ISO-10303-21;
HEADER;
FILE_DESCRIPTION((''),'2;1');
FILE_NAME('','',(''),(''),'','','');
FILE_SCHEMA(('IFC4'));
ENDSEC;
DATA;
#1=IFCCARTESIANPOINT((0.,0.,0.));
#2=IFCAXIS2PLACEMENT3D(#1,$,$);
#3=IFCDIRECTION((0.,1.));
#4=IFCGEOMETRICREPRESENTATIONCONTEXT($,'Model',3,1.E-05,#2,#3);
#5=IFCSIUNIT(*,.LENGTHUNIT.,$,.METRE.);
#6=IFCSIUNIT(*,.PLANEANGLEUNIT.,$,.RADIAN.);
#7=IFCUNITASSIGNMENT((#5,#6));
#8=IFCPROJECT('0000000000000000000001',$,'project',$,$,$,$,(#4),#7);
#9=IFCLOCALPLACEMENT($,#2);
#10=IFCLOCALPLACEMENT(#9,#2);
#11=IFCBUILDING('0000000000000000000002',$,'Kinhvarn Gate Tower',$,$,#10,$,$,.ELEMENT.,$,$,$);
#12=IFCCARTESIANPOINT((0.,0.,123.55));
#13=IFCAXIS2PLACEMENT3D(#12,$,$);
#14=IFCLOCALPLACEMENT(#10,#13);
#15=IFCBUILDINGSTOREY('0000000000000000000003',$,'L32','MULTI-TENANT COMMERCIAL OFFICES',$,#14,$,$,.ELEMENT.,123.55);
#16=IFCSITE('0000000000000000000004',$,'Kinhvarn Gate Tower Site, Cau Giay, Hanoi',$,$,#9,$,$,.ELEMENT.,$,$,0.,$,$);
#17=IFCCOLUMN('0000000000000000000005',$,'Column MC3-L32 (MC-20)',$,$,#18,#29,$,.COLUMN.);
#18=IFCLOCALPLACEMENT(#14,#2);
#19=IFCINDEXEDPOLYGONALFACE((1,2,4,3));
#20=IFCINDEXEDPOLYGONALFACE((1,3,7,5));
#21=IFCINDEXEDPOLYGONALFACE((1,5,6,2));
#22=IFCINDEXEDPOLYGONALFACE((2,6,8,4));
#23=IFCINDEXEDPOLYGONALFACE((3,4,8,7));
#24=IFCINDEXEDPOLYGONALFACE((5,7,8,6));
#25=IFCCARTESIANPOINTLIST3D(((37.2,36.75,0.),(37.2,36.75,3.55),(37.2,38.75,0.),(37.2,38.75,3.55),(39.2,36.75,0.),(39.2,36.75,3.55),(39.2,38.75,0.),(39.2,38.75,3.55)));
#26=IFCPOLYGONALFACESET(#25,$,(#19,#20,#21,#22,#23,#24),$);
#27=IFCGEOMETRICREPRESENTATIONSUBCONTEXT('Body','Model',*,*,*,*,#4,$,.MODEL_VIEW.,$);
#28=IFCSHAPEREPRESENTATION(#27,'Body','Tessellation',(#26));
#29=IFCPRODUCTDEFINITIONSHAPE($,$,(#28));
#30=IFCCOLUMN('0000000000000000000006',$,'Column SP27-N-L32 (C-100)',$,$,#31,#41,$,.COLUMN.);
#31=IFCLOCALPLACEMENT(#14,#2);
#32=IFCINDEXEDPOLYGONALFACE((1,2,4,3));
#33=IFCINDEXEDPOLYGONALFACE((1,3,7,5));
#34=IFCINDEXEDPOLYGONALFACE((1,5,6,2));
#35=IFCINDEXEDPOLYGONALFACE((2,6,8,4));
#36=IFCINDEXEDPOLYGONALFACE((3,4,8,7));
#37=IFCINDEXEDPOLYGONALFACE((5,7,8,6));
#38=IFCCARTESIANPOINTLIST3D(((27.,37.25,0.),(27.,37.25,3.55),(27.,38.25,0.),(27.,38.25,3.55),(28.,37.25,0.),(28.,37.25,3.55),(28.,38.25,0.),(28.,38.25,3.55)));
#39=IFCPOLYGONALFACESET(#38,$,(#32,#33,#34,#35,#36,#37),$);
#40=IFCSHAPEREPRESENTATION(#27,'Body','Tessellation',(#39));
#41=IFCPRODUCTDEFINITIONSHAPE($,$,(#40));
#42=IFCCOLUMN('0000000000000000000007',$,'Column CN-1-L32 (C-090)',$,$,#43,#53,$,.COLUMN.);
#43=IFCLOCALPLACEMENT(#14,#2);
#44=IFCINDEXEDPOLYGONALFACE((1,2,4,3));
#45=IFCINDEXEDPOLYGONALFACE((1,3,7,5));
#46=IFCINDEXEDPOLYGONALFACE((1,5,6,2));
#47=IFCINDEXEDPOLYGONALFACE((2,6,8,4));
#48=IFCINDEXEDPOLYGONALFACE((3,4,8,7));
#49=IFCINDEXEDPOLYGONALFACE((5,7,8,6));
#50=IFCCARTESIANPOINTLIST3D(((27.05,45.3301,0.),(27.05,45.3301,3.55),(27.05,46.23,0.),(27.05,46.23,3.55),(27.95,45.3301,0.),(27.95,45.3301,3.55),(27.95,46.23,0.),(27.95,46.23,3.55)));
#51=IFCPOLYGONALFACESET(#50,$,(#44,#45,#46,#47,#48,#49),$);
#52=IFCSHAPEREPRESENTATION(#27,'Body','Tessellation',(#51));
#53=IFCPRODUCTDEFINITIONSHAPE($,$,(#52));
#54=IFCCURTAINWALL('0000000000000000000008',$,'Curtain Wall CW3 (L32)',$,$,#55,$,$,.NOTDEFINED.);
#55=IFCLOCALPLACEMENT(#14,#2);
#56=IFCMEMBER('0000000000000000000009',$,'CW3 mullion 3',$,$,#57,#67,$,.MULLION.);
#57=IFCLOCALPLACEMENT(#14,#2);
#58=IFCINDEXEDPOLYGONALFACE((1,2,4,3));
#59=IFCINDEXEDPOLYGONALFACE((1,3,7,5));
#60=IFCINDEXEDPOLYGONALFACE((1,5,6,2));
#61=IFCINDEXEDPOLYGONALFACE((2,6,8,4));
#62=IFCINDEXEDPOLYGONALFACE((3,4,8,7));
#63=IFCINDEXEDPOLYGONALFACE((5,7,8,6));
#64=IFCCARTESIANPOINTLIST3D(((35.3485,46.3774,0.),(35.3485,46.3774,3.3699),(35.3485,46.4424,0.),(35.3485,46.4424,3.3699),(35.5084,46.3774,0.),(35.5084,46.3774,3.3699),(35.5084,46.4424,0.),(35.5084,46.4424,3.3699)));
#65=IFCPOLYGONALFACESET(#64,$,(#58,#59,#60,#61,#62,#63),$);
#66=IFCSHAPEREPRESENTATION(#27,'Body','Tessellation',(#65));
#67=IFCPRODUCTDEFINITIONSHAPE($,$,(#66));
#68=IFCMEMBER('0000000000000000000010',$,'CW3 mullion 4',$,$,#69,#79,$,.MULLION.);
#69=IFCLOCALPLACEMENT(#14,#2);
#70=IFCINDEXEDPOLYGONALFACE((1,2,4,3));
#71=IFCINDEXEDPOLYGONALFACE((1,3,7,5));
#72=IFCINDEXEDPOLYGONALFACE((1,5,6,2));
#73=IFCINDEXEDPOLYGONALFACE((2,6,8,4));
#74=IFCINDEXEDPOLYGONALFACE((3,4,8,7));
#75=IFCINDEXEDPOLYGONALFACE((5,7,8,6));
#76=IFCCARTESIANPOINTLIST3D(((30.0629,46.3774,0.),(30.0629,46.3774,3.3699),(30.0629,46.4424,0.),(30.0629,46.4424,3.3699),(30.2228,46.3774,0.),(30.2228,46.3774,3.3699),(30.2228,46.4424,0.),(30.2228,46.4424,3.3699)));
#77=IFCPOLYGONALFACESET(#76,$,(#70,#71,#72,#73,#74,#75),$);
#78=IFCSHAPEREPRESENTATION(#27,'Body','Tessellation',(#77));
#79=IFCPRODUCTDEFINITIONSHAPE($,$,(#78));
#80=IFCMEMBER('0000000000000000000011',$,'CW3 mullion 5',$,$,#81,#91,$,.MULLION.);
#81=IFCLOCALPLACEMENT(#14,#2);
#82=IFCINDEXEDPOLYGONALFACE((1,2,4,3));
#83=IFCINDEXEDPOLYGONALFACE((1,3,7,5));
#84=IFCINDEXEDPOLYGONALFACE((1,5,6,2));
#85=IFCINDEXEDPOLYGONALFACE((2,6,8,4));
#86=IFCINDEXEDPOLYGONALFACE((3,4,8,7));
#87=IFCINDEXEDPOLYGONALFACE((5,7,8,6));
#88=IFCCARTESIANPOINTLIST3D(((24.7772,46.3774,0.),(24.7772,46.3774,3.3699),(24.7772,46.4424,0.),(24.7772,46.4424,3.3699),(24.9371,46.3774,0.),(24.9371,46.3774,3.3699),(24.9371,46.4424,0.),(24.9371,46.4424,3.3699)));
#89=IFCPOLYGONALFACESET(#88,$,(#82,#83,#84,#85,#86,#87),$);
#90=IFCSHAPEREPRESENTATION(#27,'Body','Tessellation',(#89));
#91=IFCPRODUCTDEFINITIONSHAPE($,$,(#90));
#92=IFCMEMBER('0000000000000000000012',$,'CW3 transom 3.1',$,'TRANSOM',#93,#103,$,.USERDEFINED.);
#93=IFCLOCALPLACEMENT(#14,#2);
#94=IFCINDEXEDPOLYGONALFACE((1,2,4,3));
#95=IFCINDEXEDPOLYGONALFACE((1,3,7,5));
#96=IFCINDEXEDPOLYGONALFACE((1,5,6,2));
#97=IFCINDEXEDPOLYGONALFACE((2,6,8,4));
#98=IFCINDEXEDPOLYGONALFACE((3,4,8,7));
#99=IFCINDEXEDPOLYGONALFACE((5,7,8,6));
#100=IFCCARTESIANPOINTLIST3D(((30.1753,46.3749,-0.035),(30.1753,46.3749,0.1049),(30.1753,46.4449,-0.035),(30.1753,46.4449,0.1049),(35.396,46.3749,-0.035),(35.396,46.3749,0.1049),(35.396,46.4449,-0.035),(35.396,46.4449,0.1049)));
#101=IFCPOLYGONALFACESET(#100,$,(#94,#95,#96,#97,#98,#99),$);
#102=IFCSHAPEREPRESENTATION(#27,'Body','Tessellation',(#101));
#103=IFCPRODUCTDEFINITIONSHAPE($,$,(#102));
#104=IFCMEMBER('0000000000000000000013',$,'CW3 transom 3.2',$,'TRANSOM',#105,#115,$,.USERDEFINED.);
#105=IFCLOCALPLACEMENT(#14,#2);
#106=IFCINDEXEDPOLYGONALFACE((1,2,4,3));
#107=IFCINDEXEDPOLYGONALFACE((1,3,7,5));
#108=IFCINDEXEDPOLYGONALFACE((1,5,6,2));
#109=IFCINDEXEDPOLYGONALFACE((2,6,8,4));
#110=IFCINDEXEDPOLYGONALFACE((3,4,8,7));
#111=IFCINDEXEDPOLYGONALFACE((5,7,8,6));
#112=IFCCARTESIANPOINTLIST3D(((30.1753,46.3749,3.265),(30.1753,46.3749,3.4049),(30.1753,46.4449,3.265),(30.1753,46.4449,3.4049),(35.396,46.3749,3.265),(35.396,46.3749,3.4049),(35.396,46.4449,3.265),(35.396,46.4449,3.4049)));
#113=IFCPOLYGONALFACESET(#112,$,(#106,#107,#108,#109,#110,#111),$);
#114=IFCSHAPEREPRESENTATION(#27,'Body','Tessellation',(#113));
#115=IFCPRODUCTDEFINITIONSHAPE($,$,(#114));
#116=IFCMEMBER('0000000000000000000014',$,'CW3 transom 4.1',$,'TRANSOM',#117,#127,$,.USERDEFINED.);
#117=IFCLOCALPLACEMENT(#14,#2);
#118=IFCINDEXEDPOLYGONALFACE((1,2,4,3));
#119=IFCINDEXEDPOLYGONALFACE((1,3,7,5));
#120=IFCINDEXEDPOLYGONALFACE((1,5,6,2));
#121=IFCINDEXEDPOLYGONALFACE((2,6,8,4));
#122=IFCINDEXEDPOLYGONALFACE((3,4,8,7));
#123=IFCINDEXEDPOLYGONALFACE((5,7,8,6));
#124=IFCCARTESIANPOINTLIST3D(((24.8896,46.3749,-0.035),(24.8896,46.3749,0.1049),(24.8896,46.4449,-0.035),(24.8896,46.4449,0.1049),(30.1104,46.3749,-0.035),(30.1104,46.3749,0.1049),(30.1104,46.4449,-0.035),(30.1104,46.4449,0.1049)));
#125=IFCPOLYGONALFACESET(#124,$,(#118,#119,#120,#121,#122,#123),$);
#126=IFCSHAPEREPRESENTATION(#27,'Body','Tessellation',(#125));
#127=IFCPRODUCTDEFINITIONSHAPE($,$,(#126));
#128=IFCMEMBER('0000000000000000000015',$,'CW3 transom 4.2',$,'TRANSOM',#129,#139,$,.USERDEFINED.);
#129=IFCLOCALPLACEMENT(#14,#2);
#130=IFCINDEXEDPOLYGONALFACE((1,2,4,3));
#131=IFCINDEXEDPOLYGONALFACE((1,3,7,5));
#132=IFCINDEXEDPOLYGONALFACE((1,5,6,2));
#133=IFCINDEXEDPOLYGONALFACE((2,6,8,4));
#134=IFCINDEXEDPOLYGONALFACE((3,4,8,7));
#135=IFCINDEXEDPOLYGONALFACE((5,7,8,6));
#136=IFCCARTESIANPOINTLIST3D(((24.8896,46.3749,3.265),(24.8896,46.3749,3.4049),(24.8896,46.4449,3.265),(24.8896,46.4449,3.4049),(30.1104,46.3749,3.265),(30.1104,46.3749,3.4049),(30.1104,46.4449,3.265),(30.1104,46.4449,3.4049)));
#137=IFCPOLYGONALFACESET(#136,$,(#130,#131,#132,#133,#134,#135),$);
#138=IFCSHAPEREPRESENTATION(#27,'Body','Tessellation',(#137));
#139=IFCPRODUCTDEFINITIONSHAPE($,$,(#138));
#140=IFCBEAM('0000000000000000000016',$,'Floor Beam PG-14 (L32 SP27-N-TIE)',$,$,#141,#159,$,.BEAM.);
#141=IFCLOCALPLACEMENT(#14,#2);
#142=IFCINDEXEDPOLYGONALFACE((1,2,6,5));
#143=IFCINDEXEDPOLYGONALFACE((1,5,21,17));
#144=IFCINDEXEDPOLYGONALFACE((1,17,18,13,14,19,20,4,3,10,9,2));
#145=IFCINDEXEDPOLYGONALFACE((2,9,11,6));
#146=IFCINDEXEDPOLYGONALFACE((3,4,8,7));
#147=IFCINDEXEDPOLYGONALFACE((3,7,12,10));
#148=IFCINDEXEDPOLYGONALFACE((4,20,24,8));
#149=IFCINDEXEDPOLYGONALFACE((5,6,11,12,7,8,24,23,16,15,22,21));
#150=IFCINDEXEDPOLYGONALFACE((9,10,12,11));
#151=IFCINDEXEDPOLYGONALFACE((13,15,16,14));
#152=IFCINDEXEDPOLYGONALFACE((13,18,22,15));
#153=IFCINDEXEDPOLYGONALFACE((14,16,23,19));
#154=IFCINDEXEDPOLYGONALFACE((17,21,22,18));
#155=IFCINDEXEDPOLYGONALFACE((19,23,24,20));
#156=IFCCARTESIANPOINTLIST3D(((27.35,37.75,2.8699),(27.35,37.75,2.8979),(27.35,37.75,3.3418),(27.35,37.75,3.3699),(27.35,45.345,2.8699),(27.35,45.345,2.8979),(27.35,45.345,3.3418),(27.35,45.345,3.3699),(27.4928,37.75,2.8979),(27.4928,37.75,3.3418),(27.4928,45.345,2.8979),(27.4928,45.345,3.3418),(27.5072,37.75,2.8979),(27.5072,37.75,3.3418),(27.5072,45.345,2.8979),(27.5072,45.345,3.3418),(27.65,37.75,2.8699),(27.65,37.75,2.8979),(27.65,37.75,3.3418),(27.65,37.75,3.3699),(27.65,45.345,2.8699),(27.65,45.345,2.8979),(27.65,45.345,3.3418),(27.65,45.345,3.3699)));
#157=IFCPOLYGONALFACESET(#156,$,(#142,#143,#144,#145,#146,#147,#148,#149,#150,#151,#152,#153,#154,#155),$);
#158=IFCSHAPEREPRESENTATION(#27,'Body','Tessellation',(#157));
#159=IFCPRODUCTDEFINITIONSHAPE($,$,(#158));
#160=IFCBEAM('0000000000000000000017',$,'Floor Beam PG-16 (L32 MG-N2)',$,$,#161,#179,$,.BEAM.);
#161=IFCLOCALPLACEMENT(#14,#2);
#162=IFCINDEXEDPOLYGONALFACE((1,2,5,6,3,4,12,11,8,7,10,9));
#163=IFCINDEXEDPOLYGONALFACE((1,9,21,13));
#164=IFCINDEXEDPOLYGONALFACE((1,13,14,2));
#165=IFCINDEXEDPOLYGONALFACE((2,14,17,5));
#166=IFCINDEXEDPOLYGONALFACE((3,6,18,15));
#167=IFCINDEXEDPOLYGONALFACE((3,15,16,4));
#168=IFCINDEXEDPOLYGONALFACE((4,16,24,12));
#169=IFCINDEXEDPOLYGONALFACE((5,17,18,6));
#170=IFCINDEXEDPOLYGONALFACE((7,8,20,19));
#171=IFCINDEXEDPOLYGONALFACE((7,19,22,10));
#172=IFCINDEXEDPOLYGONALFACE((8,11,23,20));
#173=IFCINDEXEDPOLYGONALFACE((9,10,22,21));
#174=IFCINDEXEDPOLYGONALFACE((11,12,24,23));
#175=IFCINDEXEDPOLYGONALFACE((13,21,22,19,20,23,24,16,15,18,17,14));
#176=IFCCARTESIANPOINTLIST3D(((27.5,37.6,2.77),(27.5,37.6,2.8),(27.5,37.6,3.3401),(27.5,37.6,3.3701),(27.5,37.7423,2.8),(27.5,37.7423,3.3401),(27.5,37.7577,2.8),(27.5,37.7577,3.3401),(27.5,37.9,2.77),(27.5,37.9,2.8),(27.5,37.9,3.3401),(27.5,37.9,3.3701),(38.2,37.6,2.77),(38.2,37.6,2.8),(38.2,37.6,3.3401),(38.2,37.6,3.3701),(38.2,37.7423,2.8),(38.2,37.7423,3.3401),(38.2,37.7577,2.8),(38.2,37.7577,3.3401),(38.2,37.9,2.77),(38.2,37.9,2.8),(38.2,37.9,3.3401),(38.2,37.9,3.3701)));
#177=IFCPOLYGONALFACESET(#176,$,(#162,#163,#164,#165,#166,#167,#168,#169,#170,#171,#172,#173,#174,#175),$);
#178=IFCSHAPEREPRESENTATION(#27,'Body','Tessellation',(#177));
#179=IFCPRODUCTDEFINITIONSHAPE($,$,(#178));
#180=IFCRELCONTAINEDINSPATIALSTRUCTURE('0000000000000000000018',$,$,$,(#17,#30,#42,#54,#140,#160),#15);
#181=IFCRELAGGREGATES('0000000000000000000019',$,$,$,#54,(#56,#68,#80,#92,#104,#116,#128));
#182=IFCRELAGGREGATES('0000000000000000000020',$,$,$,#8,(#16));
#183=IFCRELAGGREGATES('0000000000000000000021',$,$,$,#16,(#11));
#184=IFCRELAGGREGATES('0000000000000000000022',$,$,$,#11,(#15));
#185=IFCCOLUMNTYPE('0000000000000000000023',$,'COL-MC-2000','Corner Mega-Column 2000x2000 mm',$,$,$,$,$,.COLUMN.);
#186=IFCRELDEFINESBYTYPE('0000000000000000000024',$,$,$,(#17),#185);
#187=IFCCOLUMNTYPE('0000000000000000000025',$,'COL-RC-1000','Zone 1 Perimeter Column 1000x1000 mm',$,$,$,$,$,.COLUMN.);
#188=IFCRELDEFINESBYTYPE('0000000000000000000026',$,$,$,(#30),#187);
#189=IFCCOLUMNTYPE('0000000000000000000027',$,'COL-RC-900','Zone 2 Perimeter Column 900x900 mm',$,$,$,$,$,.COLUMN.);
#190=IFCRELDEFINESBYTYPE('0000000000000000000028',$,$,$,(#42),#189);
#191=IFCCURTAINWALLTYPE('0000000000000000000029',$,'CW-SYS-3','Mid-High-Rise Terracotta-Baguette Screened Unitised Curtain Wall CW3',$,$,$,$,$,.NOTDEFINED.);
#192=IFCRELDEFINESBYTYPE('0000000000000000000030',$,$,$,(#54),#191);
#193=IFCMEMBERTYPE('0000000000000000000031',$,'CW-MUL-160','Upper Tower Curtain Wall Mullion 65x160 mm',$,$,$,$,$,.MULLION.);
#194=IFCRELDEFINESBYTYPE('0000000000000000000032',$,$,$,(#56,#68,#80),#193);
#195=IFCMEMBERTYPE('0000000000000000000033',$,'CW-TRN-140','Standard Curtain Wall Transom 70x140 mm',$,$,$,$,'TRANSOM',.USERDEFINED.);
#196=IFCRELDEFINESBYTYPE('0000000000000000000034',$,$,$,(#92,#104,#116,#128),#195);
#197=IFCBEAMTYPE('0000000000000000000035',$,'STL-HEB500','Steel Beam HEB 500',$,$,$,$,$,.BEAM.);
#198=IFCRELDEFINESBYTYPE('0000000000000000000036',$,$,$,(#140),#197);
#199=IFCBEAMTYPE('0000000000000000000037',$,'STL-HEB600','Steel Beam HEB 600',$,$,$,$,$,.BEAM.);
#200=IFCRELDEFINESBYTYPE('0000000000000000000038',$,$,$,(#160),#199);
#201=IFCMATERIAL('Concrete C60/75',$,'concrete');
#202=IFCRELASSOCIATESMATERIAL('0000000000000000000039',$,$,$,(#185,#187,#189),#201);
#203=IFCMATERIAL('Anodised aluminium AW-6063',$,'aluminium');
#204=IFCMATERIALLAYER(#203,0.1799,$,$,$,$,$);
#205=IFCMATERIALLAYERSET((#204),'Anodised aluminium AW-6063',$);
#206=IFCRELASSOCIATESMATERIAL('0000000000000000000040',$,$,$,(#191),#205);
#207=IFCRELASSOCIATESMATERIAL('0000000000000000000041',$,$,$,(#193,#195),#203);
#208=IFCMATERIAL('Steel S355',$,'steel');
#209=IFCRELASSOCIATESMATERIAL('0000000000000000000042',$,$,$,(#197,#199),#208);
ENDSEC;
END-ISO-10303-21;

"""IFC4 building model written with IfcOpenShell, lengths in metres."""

from ifc_helpers import new_model, si_unit, direction, frame, origin, origin_2d, place, context, subcontext, project, spatial, rectangle, i_section, extrude, material, layer, layer_set, material_profile, profile_set, type_object, element, aggregate, save


model = new_model("IFC4")

# Units and contexts
model_context = context("Model", 3, precision=1e-05, world=origin(), true_north=direction((0.0, 1.0)))
body_context = subcontext(model_context, "Body", "Model", "MODEL_VIEW")
ifc_project = project(units=[si_unit("LENGTHUNIT", "METRE"), si_unit("PLANEANGLEUNIT", "RADIAN")], contexts=[model_context])

# Site, building, storey
site_placement = place(None, origin())
site = spatial("IfcSite", under=ifc_project, at=site_placement, Name="Kinhvarn Gate Tower Site, Cau Giay, Hanoi", CompositionType="ELEMENT", RefElevation=0.0)
building_placement = place(site_placement, origin())
building = spatial("IfcBuilding", under=site, at=building_placement, Name="Kinhvarn Gate Tower", CompositionType="ELEMENT")
storey_placement = place(building_placement, frame((0.0, 0.0, 123.55)))
storey = spatial("IfcBuildingStorey", under=building, at=storey_placement, Name="L32", Description="MULTI-TENANT COMMERCIAL OFFICES", CompositionType="ELEMENT", Elevation=123.55)

# Columns
ifc_material_1 = material(Name="Concrete C60/75", Category="concrete")
ifc_material_profile_1 = material_profile(ifc_material_1, rectangle(XDim=2.0, YDim=2.0, at=origin_2d()), Name="RC 2000x2000")
ifc_profile_set_1 = profile_set([ifc_material_profile_1], Name="Concrete C60/75")
column_type_1 = type_object("IfcColumnType", Name="COL-MC-2000", Description="Corner Mega-Column 2000x2000 mm", PredefinedType="COLUMN", material=ifc_profile_set_1)
column_1_placement = place(storey_placement, frame((38.2, 37.75, 0.0), z_axis=(0.0, 0.0, 1.0), x_axis=(1.0, 0.0, 0.0)))
element("IfcColumn", 1, at=column_1_placement, inside=storey, type_object=column_type_1, Name="Column MC3-L32 (MC-20)", PredefinedType="COLUMN", context=body_context, shape_type="SweptSolid", body=[
    extrude(rectangle(XDim=2.0, YDim=2.0, at=origin_2d()), origin(), (0.0, 0.0, 1.0), 3.55),
])
ifc_material_profile_2 = material_profile(ifc_material_1, rectangle(XDim=1.0, YDim=1.0, at=origin_2d()), Name="RC 1000x1000")
ifc_profile_set_2 = profile_set([ifc_material_profile_2], Name="Concrete C60/75")
column_type_2 = type_object("IfcColumnType", Name="COL-RC-1000", Description="Zone 1 Perimeter Column 1000x1000 mm", PredefinedType="COLUMN", material=ifc_profile_set_2)
column_2_placement = place(storey_placement, frame((27.5, 37.75, 0.0), z_axis=(0.0, 0.0, 1.0), x_axis=(1.0, 0.0, 0.0)))
element("IfcColumn", 2, at=column_2_placement, inside=storey, type_object=column_type_2, Name="Column SP27-N-L32 (C-100)", PredefinedType="COLUMN", context=body_context, shape_type="SweptSolid", body=[
    extrude(rectangle(XDim=1.0, YDim=1.0, at=origin_2d()), origin(), (0.0, 0.0, 1.0), 3.55),
])
ifc_material_profile_3 = material_profile(ifc_material_1, rectangle(XDim=0.8999, YDim=0.8999, at=origin_2d()), Name="RC 900x900")
ifc_profile_set_3 = profile_set([ifc_material_profile_3], Name="Concrete C60/75")
column_type_3 = type_object("IfcColumnType", Name="COL-RC-900", Description="Zone 2 Perimeter Column 900x900 mm", PredefinedType="COLUMN", material=ifc_profile_set_3)
column_3_placement = place(storey_placement, frame((27.5, 45.78, 0.0), z_axis=(0.0, 0.0, 1.0), x_axis=(1.0, 0.0, 0.0)))
element("IfcColumn", 3, at=column_3_placement, inside=storey, type_object=column_type_3, Name="Column CN-1-L32 (C-090)", PredefinedType="COLUMN", context=body_context, shape_type="SweptSolid", body=[
    extrude(rectangle(XDim=0.8999, YDim=0.8999, at=origin_2d()), origin(), (0.0, 0.0, 1.0), 3.55),
])

# Curtain wall, members
ifc_material_2 = material(Name="Anodised aluminium AW-6063", Category="aluminium")
ifc_layer_1 = layer(ifc_material_2, 0.1799)
ifc_layer_set_1 = layer_set([ifc_layer_1], Name="Anodised aluminium AW-6063")
curtain_wall_type = type_object("IfcCurtainWallType", Name="CW-SYS-3", Description="Mid-High-Rise Terracotta-Baguette Screened Unitised Curtain Wall CW3", PredefinedType="NOTDEFINED", material=ifc_layer_set_1)
curtain_wall_placement = place(storey_placement, origin())
curtain_wall = element("IfcCurtainWall", 4, at=curtain_wall_placement, inside=storey, type_object=curtain_wall_type, Name="Curtain Wall CW3 (L32)", PredefinedType="NOTDEFINED")
ifc_material_profile_4 = material_profile(ifc_material_2, rectangle(XDim=0.0649, YDim=0.1599, at=origin_2d()), Name="ALU 65x160")
ifc_profile_set_4 = profile_set([ifc_material_profile_4], Name="Anodised aluminium AW-6063")
member_type_1 = type_object("IfcMemberType", Name="CW-MUL-160", Description="Upper Tower Curtain Wall Mullion 65x160 mm", PredefinedType="MULLION", material=ifc_profile_set_4)
member_1_placement = place(storey_placement, frame((35.4285, 46.4099, 0.0), z_axis=(0.0, 0.0, 1.0), x_axis=(0.0, -1.0, 0.0)))
member_1 = element("IfcMember", 5, at=member_1_placement, type_object=member_type_1, Name="CW3 mullion 3", PredefinedType="MULLION", context=body_context, shape_type="SweptSolid", body=[
    extrude(rectangle(XDim=0.0649, YDim=0.1599, at=origin_2d()), origin(), (0.0, 0.0, 1.0), 3.3699),
])
member_2_placement = place(storey_placement, frame((30.1428, 46.4099, 0.0), z_axis=(0.0, 0.0, 1.0), x_axis=(0.0, -1.0, 0.0)))
member_2 = element("IfcMember", 6, at=member_2_placement, type_object=member_type_1, Name="CW3 mullion 4", PredefinedType="MULLION", context=body_context, shape_type="SweptSolid", body=[
    extrude(rectangle(XDim=0.0649, YDim=0.1599, at=origin_2d()), origin(), (0.0, 0.0, 1.0), 3.3699),
])
member_3_placement = place(storey_placement, frame((24.8572, 46.4099, 0.0), z_axis=(0.0, 0.0, 1.0), x_axis=(0.0, -1.0, 0.0)))
member_3 = element("IfcMember", 7, at=member_3_placement, type_object=member_type_1, Name="CW3 mullion 5", PredefinedType="MULLION", context=body_context, shape_type="SweptSolid", body=[
    extrude(rectangle(XDim=0.0649, YDim=0.1599, at=origin_2d()), origin(), (0.0, 0.0, 1.0), 3.3699),
])
ifc_material_profile_5 = material_profile(ifc_material_2, rectangle(XDim=0.0701, YDim=0.1399, at=origin_2d()), Name="ALU 70x140")
ifc_profile_set_5 = profile_set([ifc_material_profile_5], Name="Anodised aluminium AW-6063")
member_type_2 = type_object("IfcMemberType", Name="CW-TRN-140", Description="Standard Curtain Wall Transom 70x140 mm", ElementType="TRANSOM", PredefinedType="USERDEFINED", material=ifc_profile_set_5)
member_4_placement = place(storey_placement, frame((35.396, 46.4099, 0.0349), z_axis=(-1.0, 0.0, 0.0), x_axis=(0.0, -1.0, 0.0)))
member_4 = element("IfcMember", 8, at=member_4_placement, type_object=member_type_2, Name="CW3 transom 3.1", ObjectType="TRANSOM", PredefinedType="USERDEFINED", context=body_context, shape_type="SweptSolid", body=[
    extrude(rectangle(XDim=0.0701, YDim=0.1399, at=origin_2d()), origin(), (0.0, 0.0, 1.0), 5.2207),
])
member_5_placement = place(storey_placement, frame((35.396, 46.4099, 3.335), z_axis=(-1.0, 0.0, 0.0), x_axis=(0.0, -1.0, 0.0)))
member_5 = element("IfcMember", 9, at=member_5_placement, type_object=member_type_2, Name="CW3 transom 3.2", ObjectType="TRANSOM", PredefinedType="USERDEFINED", context=body_context, shape_type="SweptSolid", body=[
    extrude(rectangle(XDim=0.0701, YDim=0.1399, at=origin_2d()), origin(), (0.0, 0.0, 1.0), 5.2207),
])
member_6_placement = place(storey_placement, frame((30.1104, 46.4099, 0.0349), z_axis=(-1.0, 0.0, 0.0), x_axis=(0.0, -1.0, 0.0)))
member_6 = element("IfcMember", 10, at=member_6_placement, type_object=member_type_2, Name="CW3 transom 4.1", ObjectType="TRANSOM", PredefinedType="USERDEFINED", context=body_context, shape_type="SweptSolid", body=[
    extrude(rectangle(XDim=0.0701, YDim=0.1399, at=origin_2d()), origin(), (0.0, 0.0, 1.0), 5.2207),
])
member_7_placement = place(storey_placement, frame((30.1104, 46.4099, 3.335), z_axis=(-1.0, 0.0, 0.0), x_axis=(0.0, -1.0, 0.0)))
member_7 = element("IfcMember", 11, at=member_7_placement, type_object=member_type_2, Name="CW3 transom 4.2", ObjectType="TRANSOM", PredefinedType="USERDEFINED", context=body_context, shape_type="SweptSolid", body=[
    extrude(rectangle(XDim=0.0701, YDim=0.1399, at=origin_2d()), origin(), (0.0, 0.0, 1.0), 5.2207),
])

# Beams
ifc_material_3 = material(Name="Steel S355", Category="steel")
ifc_material_profile_6 = material_profile(ifc_material_3, i_section(OverallWidth=0.3, OverallDepth=0.5, WebThickness=0.0144, FlangeThickness=0.0281, at=origin_2d()), Name="HEB 500")
ifc_profile_set_6 = profile_set([ifc_material_profile_6], Name="Steel S355")
beam_type_1 = type_object("IfcBeamType", Name="STL-HEB500", Description="Steel Beam HEB 500", PredefinedType="BEAM", material=ifc_profile_set_6)
beam_1_placement = place(storey_placement, frame((27.5, 37.75, 3.1199), z_axis=(0.0, 1.0, 0.0), x_axis=(-1.0, 0.0, 0.0)))
element("IfcBeam", 12, at=beam_1_placement, inside=storey, type_object=beam_type_1, Name="Floor Beam PG-14 (L32 SP27-N-TIE)", PredefinedType="BEAM", context=body_context, shape_type="SweptSolid", body=[
    extrude(i_section(OverallWidth=0.3, OverallDepth=0.5, WebThickness=0.0144, FlangeThickness=0.0281, at=origin_2d()), origin(), (0.0, 0.0, 1.0), 7.595),
])
ifc_material_profile_7 = material_profile(ifc_material_3, i_section(OverallWidth=0.3, OverallDepth=0.6001, WebThickness=0.0154, FlangeThickness=0.03, at=origin_2d()), Name="HEB 600")
ifc_profile_set_7 = profile_set([ifc_material_profile_7], Name="Steel S355")
beam_type_2 = type_object("IfcBeamType", Name="STL-HEB600", Description="Steel Beam HEB 600", PredefinedType="BEAM", material=ifc_profile_set_7)
beam_2_placement = place(storey_placement, frame((27.5, 37.75, 3.0701), z_axis=(1.0, 0.0, 0.0), x_axis=(0.0, 1.0, 0.0)))
element("IfcBeam", 13, at=beam_2_placement, inside=storey, type_object=beam_type_2, Name="Floor Beam PG-16 (L32 MG-N2)", PredefinedType="BEAM", context=body_context, shape_type="SweptSolid", body=[
    extrude(i_section(OverallWidth=0.3, OverallDepth=0.6001, WebThickness=0.0154, FlangeThickness=0.03, at=origin_2d()), origin(), (0.0, 0.0, 1.0), 10.7),
])

aggregate(curtain_wall, [member_1, member_2, member_3, member_4, member_5, member_6, member_7])

save(model, "model.ifc")
